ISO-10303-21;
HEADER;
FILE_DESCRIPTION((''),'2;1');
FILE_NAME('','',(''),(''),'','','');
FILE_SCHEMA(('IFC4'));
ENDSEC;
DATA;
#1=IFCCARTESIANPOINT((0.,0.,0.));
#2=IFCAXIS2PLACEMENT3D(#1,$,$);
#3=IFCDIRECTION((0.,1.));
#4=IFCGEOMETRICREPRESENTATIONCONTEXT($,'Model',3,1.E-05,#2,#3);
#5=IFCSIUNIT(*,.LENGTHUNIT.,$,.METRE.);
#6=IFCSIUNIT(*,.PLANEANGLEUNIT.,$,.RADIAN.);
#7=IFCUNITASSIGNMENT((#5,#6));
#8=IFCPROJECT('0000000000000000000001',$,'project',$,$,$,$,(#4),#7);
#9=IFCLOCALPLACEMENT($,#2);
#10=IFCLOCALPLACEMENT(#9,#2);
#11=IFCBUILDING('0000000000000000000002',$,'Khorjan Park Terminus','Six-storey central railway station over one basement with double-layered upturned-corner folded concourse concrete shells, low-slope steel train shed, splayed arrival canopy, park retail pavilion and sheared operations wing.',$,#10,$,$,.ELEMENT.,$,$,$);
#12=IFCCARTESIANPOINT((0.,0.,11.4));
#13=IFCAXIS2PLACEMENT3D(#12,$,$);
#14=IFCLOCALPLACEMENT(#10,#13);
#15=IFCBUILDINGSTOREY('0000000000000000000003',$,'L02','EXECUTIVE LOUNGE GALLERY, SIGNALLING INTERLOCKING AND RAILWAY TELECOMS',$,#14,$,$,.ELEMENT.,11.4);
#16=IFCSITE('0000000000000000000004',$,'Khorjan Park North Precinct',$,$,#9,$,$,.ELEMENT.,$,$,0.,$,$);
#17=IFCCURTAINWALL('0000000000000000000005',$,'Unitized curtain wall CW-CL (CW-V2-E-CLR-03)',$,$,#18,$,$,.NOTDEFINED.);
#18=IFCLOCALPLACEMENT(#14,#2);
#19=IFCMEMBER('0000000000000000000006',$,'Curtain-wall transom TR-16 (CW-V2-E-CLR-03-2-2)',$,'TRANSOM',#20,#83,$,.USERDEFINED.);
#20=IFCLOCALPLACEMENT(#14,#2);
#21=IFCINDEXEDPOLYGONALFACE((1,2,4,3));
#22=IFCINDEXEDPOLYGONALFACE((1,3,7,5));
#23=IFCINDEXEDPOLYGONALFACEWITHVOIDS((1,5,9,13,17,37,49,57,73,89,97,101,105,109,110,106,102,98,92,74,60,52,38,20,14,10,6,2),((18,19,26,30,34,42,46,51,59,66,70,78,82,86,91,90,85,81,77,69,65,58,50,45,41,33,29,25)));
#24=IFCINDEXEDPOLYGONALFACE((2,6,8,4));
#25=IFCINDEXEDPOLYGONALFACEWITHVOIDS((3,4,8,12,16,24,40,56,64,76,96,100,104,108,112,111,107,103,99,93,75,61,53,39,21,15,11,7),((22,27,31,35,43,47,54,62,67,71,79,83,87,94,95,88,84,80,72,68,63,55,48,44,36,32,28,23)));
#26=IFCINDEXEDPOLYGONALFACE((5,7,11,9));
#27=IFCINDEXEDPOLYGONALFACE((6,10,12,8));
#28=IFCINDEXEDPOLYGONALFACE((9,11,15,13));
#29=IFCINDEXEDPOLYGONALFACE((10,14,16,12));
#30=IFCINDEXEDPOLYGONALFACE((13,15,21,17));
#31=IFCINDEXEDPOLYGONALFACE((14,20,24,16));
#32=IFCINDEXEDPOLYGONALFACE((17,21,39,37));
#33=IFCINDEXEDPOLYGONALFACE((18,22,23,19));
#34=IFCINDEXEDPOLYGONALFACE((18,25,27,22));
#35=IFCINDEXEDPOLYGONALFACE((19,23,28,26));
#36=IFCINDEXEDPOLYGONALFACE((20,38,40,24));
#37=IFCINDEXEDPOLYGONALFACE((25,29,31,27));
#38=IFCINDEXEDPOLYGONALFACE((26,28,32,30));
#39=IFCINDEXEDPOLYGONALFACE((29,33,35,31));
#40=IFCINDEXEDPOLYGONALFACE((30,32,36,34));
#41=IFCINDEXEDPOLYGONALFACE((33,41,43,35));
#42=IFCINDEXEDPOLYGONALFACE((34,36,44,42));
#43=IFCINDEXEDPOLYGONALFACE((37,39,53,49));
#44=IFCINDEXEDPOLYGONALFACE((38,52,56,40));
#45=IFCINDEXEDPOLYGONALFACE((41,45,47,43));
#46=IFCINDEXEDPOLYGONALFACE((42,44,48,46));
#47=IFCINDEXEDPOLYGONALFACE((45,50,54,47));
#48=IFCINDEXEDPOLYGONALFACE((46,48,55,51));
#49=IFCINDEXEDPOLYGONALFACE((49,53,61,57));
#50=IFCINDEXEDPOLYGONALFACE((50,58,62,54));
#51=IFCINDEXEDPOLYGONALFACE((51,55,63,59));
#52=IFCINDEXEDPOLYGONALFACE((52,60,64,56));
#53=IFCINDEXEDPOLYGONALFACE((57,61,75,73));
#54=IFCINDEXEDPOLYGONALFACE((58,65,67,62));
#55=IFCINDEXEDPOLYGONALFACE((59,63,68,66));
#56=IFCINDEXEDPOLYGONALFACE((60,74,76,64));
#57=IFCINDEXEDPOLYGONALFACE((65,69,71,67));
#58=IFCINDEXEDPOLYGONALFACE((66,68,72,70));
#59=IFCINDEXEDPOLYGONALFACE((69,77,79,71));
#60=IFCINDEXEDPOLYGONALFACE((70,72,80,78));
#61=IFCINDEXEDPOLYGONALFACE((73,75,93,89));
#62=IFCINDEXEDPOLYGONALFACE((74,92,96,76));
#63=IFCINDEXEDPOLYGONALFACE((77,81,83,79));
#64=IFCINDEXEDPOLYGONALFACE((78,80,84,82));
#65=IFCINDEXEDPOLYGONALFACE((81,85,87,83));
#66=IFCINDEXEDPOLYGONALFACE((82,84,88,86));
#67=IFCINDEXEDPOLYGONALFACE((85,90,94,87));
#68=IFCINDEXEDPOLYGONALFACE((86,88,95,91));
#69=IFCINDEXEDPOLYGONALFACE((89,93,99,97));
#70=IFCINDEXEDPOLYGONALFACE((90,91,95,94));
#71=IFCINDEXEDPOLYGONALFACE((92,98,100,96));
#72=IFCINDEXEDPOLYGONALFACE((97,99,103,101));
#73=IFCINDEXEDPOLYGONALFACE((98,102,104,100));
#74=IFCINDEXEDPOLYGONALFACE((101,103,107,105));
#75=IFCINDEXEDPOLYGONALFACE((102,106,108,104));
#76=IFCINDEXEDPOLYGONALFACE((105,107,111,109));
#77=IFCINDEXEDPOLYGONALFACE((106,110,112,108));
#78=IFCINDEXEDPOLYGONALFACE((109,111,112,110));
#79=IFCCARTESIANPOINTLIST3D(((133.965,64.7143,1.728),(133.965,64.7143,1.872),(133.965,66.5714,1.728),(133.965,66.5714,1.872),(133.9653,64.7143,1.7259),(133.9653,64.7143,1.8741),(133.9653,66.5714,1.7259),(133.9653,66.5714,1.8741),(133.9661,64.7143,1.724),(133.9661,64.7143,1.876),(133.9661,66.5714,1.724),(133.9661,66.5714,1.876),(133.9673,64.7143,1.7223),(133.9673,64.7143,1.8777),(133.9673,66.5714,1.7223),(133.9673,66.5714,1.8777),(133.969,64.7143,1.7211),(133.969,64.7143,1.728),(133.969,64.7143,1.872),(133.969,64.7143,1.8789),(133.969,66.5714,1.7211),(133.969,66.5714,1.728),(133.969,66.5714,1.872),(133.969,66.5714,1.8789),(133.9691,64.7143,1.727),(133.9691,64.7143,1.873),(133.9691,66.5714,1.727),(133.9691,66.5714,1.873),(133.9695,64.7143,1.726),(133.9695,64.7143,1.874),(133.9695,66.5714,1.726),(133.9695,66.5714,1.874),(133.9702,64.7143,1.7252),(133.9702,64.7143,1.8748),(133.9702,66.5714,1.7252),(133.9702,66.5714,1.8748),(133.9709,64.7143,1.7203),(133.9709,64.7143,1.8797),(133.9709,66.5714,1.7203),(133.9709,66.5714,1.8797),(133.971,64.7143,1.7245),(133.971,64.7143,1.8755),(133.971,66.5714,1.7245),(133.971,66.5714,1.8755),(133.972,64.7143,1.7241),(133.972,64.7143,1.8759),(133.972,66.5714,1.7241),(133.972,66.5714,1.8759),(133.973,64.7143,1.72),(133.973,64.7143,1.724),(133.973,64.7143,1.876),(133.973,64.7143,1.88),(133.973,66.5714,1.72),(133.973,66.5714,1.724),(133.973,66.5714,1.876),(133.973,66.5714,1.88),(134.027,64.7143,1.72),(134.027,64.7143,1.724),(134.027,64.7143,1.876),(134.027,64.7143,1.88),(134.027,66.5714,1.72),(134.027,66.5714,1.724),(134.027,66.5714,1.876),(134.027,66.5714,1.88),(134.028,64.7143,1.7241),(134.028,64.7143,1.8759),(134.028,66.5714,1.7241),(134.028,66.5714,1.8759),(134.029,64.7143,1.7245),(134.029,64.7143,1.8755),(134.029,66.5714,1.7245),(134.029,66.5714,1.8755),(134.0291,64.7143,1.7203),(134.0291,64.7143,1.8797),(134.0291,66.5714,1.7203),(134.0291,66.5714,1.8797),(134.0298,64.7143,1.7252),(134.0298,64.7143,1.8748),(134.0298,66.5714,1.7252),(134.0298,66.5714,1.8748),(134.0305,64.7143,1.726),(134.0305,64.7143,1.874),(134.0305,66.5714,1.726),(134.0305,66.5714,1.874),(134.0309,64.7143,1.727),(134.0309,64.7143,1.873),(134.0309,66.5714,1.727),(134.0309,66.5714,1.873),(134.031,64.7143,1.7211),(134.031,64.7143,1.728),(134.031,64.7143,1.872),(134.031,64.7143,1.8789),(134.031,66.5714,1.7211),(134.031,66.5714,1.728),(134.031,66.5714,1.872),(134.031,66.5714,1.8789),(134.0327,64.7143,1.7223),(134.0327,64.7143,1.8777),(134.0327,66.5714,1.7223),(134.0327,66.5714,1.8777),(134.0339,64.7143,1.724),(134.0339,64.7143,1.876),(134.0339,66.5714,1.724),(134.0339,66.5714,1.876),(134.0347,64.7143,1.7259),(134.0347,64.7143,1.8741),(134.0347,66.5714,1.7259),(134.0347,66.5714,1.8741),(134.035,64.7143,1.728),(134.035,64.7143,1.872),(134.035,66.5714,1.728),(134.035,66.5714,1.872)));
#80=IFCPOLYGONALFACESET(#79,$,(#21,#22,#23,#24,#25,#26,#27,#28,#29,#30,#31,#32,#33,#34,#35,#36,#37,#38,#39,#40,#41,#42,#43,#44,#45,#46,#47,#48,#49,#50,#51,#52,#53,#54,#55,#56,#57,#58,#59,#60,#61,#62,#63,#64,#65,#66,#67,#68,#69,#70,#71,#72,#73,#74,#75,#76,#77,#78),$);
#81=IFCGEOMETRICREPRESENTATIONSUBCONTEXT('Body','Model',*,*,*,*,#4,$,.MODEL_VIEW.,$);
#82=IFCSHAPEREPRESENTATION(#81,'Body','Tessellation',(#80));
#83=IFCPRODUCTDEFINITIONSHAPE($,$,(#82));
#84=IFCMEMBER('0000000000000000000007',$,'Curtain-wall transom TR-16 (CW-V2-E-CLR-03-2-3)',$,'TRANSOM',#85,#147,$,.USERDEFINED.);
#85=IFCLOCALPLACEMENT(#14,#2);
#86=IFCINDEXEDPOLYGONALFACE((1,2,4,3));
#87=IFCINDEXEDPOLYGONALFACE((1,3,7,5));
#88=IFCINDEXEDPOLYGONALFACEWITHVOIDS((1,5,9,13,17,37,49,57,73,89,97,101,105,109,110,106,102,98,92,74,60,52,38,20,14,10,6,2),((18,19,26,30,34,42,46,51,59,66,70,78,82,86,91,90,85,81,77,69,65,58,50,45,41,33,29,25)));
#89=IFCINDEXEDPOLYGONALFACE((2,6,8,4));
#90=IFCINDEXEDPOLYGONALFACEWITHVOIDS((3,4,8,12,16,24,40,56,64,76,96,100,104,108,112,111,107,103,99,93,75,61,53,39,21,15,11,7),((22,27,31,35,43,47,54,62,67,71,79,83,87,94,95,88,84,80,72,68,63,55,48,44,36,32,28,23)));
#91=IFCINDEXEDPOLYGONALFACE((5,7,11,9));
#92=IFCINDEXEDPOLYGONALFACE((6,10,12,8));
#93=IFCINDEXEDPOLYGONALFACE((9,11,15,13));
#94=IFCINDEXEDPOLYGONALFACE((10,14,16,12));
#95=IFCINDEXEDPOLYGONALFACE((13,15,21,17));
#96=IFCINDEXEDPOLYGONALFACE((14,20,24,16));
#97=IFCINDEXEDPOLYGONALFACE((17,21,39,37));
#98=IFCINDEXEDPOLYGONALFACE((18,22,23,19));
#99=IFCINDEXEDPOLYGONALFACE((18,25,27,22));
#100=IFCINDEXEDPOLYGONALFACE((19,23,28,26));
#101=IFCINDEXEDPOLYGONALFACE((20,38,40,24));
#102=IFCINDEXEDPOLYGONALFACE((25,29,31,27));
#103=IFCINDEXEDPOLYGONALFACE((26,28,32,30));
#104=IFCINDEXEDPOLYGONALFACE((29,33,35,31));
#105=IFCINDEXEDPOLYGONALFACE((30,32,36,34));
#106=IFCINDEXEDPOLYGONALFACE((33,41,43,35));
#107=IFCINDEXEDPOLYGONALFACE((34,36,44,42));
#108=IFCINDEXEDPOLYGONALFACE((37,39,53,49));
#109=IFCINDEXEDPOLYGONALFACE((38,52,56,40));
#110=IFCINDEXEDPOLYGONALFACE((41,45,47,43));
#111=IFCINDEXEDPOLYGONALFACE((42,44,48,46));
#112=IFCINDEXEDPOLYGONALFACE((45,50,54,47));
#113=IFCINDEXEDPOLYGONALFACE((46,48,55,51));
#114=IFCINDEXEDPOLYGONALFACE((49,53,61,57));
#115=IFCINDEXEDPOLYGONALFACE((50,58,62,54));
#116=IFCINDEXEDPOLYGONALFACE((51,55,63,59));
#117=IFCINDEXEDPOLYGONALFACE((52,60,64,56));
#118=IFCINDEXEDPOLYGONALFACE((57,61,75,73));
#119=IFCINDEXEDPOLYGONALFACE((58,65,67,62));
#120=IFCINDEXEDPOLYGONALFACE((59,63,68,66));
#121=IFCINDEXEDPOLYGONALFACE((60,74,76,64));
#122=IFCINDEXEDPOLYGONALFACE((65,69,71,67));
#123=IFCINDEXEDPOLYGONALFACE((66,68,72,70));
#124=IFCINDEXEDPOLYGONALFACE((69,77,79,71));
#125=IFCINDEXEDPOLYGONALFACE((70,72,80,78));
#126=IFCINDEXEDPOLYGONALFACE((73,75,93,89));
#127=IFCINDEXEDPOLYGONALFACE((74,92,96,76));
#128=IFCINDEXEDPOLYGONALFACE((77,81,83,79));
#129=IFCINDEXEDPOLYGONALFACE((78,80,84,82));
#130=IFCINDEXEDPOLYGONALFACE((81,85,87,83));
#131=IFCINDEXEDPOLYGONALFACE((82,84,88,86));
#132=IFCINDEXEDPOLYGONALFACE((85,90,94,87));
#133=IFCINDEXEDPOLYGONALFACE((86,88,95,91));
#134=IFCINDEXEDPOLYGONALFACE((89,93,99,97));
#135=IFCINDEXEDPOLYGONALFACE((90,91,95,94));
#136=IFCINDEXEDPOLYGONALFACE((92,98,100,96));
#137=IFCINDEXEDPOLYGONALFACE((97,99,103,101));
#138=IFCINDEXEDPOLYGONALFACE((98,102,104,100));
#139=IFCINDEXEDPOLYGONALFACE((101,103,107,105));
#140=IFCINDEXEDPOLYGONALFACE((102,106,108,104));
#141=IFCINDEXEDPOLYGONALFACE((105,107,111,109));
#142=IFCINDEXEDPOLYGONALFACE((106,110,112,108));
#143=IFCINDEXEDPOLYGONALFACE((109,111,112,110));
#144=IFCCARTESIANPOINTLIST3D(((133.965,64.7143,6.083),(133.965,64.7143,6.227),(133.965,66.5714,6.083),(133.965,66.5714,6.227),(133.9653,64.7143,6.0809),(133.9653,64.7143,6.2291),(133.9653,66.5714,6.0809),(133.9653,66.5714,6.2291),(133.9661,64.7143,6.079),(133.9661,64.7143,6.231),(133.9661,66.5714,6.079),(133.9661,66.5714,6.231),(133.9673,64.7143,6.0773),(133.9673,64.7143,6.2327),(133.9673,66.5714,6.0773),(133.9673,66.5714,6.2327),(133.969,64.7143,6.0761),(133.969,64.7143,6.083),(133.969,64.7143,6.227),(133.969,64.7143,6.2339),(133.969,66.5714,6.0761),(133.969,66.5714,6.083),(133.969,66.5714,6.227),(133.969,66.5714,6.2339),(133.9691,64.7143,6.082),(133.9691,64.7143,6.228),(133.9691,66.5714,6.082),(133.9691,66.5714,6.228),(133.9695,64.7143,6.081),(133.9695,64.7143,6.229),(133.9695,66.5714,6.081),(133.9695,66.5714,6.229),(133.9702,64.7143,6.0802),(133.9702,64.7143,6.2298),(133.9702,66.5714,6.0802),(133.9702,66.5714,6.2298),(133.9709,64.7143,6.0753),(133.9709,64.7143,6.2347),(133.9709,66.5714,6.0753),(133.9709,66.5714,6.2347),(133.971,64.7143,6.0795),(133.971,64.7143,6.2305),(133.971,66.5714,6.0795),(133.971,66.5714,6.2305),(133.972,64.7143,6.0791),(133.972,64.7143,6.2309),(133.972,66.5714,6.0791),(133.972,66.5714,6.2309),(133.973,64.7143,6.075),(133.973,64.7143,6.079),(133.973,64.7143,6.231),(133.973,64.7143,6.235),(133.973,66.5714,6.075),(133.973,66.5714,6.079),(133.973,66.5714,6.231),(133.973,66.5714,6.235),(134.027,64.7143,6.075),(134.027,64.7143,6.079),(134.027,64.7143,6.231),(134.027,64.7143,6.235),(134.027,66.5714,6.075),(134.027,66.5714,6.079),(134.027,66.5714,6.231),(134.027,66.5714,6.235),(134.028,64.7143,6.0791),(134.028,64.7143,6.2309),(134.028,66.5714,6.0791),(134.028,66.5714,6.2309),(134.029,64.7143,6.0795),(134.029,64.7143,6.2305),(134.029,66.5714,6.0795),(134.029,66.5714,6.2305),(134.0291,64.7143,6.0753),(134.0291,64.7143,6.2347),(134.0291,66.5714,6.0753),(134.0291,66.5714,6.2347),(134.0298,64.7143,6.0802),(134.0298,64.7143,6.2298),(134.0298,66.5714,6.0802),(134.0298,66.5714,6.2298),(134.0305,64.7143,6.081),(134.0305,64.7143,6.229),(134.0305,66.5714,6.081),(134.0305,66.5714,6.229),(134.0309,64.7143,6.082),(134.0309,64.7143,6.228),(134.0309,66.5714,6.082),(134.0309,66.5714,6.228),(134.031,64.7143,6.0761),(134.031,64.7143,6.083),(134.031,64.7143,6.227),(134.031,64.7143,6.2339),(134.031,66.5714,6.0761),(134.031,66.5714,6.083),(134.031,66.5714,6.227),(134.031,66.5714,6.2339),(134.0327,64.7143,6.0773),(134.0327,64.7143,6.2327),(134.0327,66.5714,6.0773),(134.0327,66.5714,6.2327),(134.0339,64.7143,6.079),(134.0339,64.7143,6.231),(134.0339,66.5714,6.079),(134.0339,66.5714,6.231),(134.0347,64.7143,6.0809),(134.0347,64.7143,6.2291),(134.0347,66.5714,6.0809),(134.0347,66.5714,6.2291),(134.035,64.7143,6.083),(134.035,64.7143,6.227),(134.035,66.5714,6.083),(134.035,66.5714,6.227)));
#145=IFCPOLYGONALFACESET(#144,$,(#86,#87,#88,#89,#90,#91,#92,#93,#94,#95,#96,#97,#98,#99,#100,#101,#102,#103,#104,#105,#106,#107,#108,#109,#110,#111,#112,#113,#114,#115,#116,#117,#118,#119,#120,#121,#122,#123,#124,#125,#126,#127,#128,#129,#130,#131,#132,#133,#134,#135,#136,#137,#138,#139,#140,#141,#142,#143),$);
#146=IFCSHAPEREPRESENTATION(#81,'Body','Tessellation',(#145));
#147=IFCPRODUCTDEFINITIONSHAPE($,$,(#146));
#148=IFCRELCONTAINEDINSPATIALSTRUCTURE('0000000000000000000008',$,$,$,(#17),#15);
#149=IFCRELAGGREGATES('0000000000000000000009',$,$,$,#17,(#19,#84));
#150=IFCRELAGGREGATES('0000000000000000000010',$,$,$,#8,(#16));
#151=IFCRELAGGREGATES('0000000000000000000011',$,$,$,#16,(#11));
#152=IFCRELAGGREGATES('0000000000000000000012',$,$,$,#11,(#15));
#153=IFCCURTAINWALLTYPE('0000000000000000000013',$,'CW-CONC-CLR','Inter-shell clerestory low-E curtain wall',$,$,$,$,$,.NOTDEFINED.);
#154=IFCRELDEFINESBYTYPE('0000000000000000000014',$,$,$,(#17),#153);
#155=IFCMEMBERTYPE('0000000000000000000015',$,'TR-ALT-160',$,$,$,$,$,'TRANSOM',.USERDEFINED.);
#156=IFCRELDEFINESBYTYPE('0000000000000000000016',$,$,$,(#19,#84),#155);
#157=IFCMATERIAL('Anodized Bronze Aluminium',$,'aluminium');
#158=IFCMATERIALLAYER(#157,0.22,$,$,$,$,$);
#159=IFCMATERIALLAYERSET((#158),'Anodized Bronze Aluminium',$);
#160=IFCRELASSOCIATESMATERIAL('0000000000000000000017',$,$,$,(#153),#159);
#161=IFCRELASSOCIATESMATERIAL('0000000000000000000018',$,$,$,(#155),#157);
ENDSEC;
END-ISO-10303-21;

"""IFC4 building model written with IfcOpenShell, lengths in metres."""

from ifc_helpers import new_model, si_unit, direction, frame, origin, origin_2d, place, context, subcontext, project, spatial, hollow_rectangle, extrude, material, layer, layer_set, material_profile, profile_set, type_object, element, aggregate, save


model = new_model("IFC4")

# Units and contexts
model_context = context("Model", 3, precision=1e-05, world=origin(), true_north=direction((0.0, 1.0)))
body_context = subcontext(model_context, "Body", "Model", "MODEL_VIEW")
ifc_project = project(units=[si_unit("LENGTHUNIT", "METRE"), si_unit("PLANEANGLEUNIT", "RADIAN")], contexts=[model_context])

# Site, building, storey
site_placement = place(None, origin())
site = spatial("IfcSite", under=ifc_project, at=site_placement, Name="Khorjan Park North Precinct", CompositionType="ELEMENT", RefElevation=0.0)
building_placement = place(site_placement, origin())
building = spatial("IfcBuilding", under=site, at=building_placement, Name="Khorjan Park Terminus", Description="Six-storey central railway station over one basement with double-layered upturned-corner folded concourse concrete shells, low-slope steel train shed, splayed arrival canopy, park retail pavilion and sheared operations wing.", CompositionType="ELEMENT")
storey_placement = place(building_placement, frame((0.0, 0.0, 11.4)))
storey = spatial("IfcBuildingStorey", under=building, at=storey_placement, Name="L02", Description="EXECUTIVE LOUNGE GALLERY, SIGNALLING INTERLOCKING AND RAILWAY TELECOMS", CompositionType="ELEMENT", Elevation=11.4)

# Shared definitions
ifc_material_1 = material(Name="Anodized Bronze Aluminium", Category="aluminium")
ifc_layer_1 = layer(ifc_material_1, 0.22)
ifc_layer_set_1 = layer_set([ifc_layer_1], Name="Anodized Bronze Aluminium")
curtain_wall_type = type_object("IfcCurtainWallType", Name="CW-CONC-CLR", Description="Inter-shell clerestory low-E curtain wall", PredefinedType="NOTDEFINED", material=ifc_layer_set_1)

# Curtain wall
curtain_wall_1_placement = place(storey_placement, origin())
curtain_wall_1 = element("IfcCurtainWall", 1, at=curtain_wall_1_placement, inside=storey, type_object=curtain_wall_type, Name="Unitized curtain wall CW-CL (CW-V2-E-CLR-03)", PredefinedType="NOTDEFINED")

# Members
ifc_material_profile_1 = material_profile(ifc_material_1, hollow_rectangle(XDim=0.07, YDim=0.16, WallThickness=0.004, InnerFilletRadius=0.004, OuterFilletRadius=0.008, at=origin_2d()), Name="ALT 70x160x4")
ifc_profile_set_1 = profile_set([ifc_material_profile_1], Name="Anodized Bronze Aluminium")
member_type_1 = type_object("IfcMemberType", Name="TR-ALT-160", ElementType="TRANSOM", PredefinedType="USERDEFINED", material=ifc_profile_set_1)
member_1_placement = place(storey_placement, frame((134.0, 64.7143, 1.8), z_axis=(0.0, 1.0, 0.0), x_axis=(-1.0, 0.0, 0.0)))
member_1 = element("IfcMember", 2, at=member_1_placement, type_object=member_type_1, Name="Curtain-wall transom TR-16 (CW-V2-E-CLR-03-2-2)", ObjectType="TRANSOM", PredefinedType="USERDEFINED", context=body_context, shape_type="SweptSolid", body=[
    extrude(hollow_rectangle(XDim=0.07, YDim=0.16, WallThickness=0.004, InnerFilletRadius=0.004, OuterFilletRadius=0.008, at=origin_2d()), origin(), (0.0, 0.0, 1.0), 1.8571),
])
member_2_placement = place(storey_placement, frame((134.0, 64.7143, 6.155), z_axis=(0.0, 1.0, 0.0), x_axis=(-1.0, 0.0, 0.0)))
member_2 = element("IfcMember", 3, at=member_2_placement, type_object=member_type_1, Name="Curtain-wall transom TR-16 (CW-V2-E-CLR-03-2-3)", ObjectType="TRANSOM", PredefinedType="USERDEFINED", context=body_context, shape_type="SweptSolid", body=[
    extrude(hollow_rectangle(XDim=0.07, YDim=0.16, WallThickness=0.004, InnerFilletRadius=0.004, OuterFilletRadius=0.008, at=origin_2d()), origin(), (0.0, 0.0, 1.0), 1.8571),
])

aggregate(curtain_wall_1, [member_1, member_2])

save(model, "model.ifc")
